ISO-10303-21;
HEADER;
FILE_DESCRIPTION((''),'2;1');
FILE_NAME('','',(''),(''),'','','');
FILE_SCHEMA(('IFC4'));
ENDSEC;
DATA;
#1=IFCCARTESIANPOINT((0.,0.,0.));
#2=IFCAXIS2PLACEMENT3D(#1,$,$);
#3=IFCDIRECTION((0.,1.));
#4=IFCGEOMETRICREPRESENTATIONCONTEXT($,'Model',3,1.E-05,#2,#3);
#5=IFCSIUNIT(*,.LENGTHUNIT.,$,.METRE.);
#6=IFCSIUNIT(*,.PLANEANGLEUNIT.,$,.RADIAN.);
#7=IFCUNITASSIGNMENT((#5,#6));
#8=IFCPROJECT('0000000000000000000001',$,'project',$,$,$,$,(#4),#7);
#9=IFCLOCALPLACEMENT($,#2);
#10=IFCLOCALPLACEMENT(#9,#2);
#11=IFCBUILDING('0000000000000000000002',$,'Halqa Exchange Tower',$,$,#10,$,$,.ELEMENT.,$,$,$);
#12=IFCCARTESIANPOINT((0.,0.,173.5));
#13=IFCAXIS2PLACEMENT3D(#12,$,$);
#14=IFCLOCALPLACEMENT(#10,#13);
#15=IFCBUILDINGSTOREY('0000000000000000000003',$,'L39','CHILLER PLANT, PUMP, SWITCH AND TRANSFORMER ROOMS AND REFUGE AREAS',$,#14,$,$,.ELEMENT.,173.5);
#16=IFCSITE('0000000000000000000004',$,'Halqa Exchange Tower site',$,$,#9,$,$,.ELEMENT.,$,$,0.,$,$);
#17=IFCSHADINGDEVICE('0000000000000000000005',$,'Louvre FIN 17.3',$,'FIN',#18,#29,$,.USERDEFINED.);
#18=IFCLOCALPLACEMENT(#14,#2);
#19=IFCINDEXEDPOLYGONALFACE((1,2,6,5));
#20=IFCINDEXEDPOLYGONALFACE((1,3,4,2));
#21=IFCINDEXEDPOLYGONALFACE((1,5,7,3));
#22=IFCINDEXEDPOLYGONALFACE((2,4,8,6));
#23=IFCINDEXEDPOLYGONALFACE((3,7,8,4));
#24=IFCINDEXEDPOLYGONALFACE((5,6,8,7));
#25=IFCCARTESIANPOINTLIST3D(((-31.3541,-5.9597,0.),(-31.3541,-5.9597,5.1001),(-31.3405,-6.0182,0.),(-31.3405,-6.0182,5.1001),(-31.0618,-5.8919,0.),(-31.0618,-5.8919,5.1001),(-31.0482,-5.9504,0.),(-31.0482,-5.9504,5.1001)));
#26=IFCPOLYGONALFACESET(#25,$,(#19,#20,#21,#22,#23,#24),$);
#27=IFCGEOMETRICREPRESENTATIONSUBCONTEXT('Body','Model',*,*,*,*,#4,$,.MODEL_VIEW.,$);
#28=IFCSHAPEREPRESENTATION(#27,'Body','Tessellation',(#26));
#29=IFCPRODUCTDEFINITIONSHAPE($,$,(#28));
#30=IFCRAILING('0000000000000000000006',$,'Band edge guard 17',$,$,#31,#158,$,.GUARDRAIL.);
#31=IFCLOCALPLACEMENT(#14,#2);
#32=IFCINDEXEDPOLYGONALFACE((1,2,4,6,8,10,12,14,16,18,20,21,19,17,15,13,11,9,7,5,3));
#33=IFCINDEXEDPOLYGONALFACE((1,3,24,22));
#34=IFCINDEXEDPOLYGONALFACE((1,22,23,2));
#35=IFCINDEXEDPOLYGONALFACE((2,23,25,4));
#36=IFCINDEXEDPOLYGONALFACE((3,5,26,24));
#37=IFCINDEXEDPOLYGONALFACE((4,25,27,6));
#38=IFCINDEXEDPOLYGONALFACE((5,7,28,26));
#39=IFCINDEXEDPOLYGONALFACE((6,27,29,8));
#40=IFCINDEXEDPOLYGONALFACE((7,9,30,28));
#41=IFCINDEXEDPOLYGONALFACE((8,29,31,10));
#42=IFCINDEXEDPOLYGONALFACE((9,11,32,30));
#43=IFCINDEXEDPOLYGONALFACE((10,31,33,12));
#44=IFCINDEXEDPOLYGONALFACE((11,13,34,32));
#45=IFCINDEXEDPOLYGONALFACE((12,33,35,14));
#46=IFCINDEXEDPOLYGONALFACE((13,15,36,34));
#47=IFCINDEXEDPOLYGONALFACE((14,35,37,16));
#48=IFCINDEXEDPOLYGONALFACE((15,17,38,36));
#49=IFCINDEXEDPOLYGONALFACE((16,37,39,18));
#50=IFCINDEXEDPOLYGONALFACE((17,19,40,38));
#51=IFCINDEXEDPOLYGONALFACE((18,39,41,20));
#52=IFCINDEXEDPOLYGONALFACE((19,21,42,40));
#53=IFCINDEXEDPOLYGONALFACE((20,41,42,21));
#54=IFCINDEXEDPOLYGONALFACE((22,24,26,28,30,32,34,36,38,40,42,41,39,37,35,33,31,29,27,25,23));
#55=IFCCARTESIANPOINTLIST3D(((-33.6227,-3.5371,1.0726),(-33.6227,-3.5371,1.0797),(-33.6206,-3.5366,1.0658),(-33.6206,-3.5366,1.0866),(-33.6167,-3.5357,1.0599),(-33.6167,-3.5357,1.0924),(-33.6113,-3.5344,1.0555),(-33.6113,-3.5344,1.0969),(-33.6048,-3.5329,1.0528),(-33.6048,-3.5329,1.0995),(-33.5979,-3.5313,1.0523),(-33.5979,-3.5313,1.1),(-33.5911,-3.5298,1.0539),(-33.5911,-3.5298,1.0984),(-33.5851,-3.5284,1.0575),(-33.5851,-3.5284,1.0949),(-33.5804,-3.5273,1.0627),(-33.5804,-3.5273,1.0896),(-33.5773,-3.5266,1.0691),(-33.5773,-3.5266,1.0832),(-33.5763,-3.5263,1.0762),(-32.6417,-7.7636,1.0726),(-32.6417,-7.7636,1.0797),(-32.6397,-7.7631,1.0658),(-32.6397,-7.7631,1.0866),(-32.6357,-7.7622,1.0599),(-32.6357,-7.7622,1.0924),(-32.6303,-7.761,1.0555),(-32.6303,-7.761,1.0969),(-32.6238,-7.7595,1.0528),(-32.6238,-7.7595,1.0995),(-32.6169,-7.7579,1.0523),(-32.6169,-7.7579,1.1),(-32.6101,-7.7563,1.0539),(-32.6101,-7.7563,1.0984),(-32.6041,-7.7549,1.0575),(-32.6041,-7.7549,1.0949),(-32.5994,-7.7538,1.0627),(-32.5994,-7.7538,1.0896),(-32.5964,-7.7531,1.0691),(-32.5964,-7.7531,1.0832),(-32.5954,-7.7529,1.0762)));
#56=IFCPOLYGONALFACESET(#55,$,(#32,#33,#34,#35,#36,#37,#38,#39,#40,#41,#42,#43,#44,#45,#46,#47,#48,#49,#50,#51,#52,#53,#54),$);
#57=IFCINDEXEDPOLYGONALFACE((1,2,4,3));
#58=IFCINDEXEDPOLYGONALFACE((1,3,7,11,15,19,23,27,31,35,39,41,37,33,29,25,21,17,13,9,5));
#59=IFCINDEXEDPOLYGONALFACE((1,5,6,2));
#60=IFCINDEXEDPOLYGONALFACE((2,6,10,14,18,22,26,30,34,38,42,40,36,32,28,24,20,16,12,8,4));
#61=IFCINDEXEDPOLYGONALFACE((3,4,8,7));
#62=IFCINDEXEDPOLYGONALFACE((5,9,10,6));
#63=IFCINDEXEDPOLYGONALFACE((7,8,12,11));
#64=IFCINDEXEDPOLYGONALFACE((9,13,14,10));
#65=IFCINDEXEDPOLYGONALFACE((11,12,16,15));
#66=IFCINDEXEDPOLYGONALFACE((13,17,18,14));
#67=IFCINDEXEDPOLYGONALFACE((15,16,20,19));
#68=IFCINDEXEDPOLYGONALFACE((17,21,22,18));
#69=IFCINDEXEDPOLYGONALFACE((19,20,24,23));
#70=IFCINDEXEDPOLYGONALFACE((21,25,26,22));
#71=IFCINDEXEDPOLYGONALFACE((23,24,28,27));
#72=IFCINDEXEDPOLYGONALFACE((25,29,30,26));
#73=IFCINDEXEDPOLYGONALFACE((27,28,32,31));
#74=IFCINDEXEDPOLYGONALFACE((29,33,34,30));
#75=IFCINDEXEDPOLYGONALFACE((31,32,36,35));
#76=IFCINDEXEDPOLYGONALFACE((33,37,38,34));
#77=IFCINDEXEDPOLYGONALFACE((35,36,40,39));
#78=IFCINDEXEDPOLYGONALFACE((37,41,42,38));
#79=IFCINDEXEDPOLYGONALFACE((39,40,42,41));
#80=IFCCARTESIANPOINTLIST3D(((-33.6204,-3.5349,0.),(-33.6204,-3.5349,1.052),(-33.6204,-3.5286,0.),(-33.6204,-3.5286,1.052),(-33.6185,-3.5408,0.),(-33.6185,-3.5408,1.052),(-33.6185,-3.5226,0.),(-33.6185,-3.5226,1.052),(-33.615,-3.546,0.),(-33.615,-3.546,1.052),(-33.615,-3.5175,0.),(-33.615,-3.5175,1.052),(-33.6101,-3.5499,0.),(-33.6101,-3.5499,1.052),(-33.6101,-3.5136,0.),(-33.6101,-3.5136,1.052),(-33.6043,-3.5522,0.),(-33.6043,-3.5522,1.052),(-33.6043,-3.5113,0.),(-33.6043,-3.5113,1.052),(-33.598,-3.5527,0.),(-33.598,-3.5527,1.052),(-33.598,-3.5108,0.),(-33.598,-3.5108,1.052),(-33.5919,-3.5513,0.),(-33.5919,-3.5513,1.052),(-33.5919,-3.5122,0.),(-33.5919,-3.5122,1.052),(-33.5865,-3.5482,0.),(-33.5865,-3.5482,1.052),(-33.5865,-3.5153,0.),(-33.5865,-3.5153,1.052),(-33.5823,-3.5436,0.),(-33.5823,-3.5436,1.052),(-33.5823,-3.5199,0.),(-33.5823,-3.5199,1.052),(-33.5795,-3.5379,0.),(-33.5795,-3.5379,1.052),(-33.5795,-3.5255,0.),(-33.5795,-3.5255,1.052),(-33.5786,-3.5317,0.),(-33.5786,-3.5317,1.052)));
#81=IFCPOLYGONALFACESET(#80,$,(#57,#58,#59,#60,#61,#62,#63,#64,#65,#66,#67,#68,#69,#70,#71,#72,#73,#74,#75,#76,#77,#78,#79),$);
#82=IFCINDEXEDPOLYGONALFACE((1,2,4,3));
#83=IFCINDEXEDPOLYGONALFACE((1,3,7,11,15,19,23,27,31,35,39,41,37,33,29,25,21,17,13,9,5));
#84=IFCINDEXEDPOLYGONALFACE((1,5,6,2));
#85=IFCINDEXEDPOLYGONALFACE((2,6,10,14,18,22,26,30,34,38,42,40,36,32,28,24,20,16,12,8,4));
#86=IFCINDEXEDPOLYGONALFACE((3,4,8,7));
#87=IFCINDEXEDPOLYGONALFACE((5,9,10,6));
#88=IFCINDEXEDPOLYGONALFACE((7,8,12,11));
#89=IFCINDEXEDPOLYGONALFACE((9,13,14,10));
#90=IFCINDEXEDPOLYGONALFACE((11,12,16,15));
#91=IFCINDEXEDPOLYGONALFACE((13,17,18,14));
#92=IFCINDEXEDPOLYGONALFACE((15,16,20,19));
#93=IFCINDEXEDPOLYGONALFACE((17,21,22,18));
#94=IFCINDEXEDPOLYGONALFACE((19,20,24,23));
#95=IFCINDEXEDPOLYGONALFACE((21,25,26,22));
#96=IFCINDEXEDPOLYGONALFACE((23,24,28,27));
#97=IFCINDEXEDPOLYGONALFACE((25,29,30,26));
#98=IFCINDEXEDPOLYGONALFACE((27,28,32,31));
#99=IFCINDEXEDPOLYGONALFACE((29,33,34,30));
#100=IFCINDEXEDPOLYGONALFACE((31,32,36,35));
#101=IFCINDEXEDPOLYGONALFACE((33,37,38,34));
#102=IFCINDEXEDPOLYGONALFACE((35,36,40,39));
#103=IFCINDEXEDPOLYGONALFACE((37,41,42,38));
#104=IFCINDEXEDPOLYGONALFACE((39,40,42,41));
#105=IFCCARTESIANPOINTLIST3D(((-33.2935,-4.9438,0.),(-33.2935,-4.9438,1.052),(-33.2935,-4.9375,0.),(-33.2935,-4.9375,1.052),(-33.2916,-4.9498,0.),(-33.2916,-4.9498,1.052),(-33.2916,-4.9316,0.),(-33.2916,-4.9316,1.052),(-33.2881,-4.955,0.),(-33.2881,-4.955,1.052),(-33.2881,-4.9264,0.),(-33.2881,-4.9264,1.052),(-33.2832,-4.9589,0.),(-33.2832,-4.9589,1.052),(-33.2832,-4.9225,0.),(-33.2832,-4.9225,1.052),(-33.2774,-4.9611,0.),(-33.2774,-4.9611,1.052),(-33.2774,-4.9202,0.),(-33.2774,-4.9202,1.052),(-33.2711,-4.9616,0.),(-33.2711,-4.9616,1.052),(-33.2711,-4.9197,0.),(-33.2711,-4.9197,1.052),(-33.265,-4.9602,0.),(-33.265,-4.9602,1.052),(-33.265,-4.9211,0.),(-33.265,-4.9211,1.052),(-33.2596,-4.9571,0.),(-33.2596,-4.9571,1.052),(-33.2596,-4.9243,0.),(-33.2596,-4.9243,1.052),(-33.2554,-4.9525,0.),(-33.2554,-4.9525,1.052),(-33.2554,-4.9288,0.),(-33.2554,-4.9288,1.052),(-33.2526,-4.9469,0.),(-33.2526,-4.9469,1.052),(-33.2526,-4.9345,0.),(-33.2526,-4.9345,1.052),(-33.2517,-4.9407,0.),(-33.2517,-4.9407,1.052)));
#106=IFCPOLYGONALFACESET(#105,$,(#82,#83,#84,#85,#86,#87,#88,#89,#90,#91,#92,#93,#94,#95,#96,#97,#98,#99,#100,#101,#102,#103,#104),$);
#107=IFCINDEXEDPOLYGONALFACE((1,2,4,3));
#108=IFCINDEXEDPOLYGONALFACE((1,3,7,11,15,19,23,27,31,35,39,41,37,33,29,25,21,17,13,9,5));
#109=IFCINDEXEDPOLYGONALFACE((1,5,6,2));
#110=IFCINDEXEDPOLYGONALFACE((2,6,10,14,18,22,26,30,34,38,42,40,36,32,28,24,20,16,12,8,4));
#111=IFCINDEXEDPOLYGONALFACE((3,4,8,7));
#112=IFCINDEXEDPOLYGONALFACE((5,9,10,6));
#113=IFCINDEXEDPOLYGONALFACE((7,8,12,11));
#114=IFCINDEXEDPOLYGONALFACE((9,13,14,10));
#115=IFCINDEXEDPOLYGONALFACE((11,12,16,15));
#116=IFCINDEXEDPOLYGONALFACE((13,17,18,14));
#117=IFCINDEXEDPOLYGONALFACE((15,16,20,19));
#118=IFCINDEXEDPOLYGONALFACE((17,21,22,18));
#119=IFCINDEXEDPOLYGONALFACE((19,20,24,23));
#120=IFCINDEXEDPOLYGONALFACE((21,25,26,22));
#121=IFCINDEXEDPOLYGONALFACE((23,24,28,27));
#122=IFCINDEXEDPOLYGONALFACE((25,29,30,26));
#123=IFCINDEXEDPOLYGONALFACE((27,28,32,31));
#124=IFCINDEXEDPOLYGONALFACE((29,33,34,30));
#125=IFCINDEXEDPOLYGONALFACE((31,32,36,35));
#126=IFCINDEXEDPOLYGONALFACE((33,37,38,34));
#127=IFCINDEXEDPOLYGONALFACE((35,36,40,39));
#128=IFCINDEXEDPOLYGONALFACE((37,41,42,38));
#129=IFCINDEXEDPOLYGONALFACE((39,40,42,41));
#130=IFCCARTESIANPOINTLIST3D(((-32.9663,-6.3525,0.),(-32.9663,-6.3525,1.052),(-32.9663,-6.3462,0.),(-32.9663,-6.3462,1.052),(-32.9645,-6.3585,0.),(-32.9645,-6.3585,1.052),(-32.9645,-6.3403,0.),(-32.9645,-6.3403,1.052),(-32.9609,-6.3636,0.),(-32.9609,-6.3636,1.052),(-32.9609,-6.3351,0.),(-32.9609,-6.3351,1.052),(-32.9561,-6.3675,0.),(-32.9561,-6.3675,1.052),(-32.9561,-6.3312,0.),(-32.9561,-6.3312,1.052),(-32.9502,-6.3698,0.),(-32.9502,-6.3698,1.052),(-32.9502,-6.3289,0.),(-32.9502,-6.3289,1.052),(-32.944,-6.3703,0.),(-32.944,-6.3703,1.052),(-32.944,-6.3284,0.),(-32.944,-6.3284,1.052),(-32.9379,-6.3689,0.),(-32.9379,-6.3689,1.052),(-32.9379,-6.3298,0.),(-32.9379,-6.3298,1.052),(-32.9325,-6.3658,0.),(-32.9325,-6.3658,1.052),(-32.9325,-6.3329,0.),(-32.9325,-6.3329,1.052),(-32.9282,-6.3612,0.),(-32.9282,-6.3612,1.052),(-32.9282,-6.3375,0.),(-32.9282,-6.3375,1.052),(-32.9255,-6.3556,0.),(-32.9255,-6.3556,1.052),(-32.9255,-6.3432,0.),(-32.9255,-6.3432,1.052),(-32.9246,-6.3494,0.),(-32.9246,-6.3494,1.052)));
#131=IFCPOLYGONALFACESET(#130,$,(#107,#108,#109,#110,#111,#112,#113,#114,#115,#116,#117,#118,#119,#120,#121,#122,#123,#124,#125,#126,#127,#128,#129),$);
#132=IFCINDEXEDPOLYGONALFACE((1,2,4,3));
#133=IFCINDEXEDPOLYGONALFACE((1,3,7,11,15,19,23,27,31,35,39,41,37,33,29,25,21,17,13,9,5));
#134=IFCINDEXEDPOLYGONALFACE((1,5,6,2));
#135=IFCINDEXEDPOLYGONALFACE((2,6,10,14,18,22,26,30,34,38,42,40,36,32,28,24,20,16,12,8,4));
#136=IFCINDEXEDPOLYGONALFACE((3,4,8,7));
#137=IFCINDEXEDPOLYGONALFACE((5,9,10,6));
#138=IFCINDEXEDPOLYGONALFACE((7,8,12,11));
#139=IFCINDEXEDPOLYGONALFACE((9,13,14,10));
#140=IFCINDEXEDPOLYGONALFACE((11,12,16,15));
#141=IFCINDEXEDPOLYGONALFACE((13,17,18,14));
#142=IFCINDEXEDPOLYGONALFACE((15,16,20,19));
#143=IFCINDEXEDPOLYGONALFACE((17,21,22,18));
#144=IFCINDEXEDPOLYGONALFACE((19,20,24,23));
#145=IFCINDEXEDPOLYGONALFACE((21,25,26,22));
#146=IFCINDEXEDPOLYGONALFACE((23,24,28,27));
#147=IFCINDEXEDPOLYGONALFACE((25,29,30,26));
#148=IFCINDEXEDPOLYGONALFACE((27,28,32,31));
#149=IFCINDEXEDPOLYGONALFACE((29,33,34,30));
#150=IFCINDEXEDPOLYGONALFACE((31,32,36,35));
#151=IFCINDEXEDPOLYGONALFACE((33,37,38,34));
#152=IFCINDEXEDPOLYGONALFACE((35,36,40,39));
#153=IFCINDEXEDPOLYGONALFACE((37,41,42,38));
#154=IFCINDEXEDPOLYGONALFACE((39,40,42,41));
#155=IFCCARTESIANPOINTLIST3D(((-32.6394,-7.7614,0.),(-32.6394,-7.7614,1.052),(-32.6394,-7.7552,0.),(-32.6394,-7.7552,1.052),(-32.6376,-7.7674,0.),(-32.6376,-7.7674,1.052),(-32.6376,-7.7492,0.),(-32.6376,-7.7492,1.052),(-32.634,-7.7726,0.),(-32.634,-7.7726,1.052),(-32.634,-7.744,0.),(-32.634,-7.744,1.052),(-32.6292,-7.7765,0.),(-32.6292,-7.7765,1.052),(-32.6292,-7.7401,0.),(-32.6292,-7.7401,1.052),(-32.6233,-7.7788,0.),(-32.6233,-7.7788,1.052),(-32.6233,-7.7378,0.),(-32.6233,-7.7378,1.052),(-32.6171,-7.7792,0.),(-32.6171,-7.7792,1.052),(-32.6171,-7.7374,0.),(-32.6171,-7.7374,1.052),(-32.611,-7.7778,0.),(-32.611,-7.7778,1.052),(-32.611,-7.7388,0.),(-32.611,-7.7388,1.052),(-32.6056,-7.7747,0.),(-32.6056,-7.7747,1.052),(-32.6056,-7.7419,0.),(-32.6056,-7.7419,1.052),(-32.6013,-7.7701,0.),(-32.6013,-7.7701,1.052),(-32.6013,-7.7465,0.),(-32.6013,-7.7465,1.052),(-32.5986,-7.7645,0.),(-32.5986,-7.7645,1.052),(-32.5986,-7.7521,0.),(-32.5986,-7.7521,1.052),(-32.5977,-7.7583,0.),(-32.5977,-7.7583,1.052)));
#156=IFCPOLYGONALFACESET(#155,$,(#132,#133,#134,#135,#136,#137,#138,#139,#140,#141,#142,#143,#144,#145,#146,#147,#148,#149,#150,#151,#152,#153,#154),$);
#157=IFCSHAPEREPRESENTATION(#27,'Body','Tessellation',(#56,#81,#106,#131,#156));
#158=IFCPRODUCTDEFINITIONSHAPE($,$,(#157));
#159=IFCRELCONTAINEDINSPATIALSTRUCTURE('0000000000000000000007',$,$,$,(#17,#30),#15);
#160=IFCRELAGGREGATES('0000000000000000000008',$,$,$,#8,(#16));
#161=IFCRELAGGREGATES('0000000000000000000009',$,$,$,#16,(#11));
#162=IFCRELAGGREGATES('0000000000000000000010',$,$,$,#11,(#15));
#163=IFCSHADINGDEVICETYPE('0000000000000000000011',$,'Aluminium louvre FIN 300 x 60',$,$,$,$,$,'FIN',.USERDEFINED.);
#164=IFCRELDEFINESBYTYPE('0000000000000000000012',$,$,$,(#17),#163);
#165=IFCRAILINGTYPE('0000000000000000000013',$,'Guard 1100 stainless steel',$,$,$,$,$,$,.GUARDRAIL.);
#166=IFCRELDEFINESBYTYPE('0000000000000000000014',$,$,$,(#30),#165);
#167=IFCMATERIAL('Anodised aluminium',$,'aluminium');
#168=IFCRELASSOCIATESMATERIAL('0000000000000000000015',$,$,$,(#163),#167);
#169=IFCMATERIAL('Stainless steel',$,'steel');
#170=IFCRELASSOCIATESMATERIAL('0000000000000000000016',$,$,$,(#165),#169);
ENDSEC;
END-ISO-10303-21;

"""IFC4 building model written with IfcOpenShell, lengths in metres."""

from ifc_helpers import new_model, si_unit, direction, frame, origin, origin_2d, place, context, subcontext, project, spatial, rectangle, circle, extrude, material, material_profile, profile_set, type_object, element, save


model = new_model("IFC4")

# Units and contexts
model_context = context("Model", 3, precision=1e-05, world=origin(), true_north=direction((0.0, 1.0)))
body_context = subcontext(model_context, "Body", "Model", "MODEL_VIEW")
ifc_project = project(units=[si_unit("LENGTHUNIT", "METRE"), si_unit("PLANEANGLEUNIT", "RADIAN")], contexts=[model_context])

# Site, building, storey
site_placement = place(None, origin())
site = spatial("IfcSite", under=ifc_project, at=site_placement, Name="Halqa Exchange Tower site", CompositionType="ELEMENT", RefElevation=0.0)
building_placement = place(site_placement, origin())
building = spatial("IfcBuilding", under=site, at=building_placement, Name="Halqa Exchange Tower", CompositionType="ELEMENT")
storey_placement = place(building_placement, frame((0.0, 0.0, 173.5)))
storey = spatial("IfcBuildingStorey", under=building, at=storey_placement, Name="L39", Description="CHILLER PLANT, PUMP, SWITCH AND TRANSFORMER ROOMS AND REFUGE AREAS", CompositionType="ELEMENT", Elevation=173.5)

# Shading device
ifc_material_1 = material(Name="Anodised aluminium", Category="aluminium")
ifc_material_profile_1 = material_profile(ifc_material_1, rectangle(XDim=0.3, YDim=0.0601, at=origin_2d()), Name="AL FIN 300x60")
ifc_profile_set_1 = profile_set([ifc_material_profile_1], Name="Anodised aluminium")
shading_device_type = type_object("IfcShadingDeviceType", Name="Aluminium louvre FIN 300 x 60", ElementType="FIN", PredefinedType="USERDEFINED", material=ifc_profile_set_1)
for number, where, z_axis, x_axis, name in (
    (1, (-31.2012, -5.9551, 0.0), (0.0, 0.0, 1.0), (0.974112, 0.226066, 0.0), "Louvre FIN 17.3"),
):
    element("IfcShadingDevice", number, at=place(storey_placement, frame(where, z_axis=z_axis, x_axis=x_axis)), inside=storey, type_object=shading_device_type, Name=name, ObjectType="FIN", PredefinedType="USERDEFINED", context=body_context, shape_type="SweptSolid", body=[
        extrude(rectangle(XDim=0.3, YDim=0.0601, at=origin_2d()), origin(), (0.0, 0.0, 1.0), 5.1001),
    ])

# Railing
ifc_material_2 = material(Name="Stainless steel", Category="steel")
railing_type = type_object("IfcRailingType", Name="Guard 1100 stainless steel", PredefinedType="GUARDRAIL", material=ifc_material_2)
railing_1_placement = place(storey_placement, frame((-33.5996, -3.5317, 0.0)))
element("IfcRailing", 2, at=railing_1_placement, inside=storey, type_object=railing_type, Name="Band edge guard 17", PredefinedType="GUARDRAIL", context=body_context, shape_type="SweptSolid", body=[
    extrude(circle(Radius=0.0239, at=origin_2d()), frame((0.0, 0.0, 1.0762), z_axis=(0.226084, -0.974108, 0.0), x_axis=(0.974108, 0.226084, 0.0)), (0.0, 0.0, 1.0), 4.3389),
    extrude(circle(Radius=0.021, at=origin_2d()), origin(), (0.0, 0.0, 1.0), 1.052),
    extrude(circle(Radius=0.021, at=origin_2d()), frame((0.3269, -1.4089, 0.0)), (0.0, 0.0, 1.0), 1.052),
    extrude(circle(Radius=0.021, at=origin_2d()), frame((0.6541, -2.8176, 0.0)), (0.0, 0.0, 1.0), 1.052),
    extrude(circle(Radius=0.021, at=origin_2d()), frame((0.981, -4.2266, 0.0)), (0.0, 0.0, 1.0), 1.052),
])

save(model, "model.ifc")
